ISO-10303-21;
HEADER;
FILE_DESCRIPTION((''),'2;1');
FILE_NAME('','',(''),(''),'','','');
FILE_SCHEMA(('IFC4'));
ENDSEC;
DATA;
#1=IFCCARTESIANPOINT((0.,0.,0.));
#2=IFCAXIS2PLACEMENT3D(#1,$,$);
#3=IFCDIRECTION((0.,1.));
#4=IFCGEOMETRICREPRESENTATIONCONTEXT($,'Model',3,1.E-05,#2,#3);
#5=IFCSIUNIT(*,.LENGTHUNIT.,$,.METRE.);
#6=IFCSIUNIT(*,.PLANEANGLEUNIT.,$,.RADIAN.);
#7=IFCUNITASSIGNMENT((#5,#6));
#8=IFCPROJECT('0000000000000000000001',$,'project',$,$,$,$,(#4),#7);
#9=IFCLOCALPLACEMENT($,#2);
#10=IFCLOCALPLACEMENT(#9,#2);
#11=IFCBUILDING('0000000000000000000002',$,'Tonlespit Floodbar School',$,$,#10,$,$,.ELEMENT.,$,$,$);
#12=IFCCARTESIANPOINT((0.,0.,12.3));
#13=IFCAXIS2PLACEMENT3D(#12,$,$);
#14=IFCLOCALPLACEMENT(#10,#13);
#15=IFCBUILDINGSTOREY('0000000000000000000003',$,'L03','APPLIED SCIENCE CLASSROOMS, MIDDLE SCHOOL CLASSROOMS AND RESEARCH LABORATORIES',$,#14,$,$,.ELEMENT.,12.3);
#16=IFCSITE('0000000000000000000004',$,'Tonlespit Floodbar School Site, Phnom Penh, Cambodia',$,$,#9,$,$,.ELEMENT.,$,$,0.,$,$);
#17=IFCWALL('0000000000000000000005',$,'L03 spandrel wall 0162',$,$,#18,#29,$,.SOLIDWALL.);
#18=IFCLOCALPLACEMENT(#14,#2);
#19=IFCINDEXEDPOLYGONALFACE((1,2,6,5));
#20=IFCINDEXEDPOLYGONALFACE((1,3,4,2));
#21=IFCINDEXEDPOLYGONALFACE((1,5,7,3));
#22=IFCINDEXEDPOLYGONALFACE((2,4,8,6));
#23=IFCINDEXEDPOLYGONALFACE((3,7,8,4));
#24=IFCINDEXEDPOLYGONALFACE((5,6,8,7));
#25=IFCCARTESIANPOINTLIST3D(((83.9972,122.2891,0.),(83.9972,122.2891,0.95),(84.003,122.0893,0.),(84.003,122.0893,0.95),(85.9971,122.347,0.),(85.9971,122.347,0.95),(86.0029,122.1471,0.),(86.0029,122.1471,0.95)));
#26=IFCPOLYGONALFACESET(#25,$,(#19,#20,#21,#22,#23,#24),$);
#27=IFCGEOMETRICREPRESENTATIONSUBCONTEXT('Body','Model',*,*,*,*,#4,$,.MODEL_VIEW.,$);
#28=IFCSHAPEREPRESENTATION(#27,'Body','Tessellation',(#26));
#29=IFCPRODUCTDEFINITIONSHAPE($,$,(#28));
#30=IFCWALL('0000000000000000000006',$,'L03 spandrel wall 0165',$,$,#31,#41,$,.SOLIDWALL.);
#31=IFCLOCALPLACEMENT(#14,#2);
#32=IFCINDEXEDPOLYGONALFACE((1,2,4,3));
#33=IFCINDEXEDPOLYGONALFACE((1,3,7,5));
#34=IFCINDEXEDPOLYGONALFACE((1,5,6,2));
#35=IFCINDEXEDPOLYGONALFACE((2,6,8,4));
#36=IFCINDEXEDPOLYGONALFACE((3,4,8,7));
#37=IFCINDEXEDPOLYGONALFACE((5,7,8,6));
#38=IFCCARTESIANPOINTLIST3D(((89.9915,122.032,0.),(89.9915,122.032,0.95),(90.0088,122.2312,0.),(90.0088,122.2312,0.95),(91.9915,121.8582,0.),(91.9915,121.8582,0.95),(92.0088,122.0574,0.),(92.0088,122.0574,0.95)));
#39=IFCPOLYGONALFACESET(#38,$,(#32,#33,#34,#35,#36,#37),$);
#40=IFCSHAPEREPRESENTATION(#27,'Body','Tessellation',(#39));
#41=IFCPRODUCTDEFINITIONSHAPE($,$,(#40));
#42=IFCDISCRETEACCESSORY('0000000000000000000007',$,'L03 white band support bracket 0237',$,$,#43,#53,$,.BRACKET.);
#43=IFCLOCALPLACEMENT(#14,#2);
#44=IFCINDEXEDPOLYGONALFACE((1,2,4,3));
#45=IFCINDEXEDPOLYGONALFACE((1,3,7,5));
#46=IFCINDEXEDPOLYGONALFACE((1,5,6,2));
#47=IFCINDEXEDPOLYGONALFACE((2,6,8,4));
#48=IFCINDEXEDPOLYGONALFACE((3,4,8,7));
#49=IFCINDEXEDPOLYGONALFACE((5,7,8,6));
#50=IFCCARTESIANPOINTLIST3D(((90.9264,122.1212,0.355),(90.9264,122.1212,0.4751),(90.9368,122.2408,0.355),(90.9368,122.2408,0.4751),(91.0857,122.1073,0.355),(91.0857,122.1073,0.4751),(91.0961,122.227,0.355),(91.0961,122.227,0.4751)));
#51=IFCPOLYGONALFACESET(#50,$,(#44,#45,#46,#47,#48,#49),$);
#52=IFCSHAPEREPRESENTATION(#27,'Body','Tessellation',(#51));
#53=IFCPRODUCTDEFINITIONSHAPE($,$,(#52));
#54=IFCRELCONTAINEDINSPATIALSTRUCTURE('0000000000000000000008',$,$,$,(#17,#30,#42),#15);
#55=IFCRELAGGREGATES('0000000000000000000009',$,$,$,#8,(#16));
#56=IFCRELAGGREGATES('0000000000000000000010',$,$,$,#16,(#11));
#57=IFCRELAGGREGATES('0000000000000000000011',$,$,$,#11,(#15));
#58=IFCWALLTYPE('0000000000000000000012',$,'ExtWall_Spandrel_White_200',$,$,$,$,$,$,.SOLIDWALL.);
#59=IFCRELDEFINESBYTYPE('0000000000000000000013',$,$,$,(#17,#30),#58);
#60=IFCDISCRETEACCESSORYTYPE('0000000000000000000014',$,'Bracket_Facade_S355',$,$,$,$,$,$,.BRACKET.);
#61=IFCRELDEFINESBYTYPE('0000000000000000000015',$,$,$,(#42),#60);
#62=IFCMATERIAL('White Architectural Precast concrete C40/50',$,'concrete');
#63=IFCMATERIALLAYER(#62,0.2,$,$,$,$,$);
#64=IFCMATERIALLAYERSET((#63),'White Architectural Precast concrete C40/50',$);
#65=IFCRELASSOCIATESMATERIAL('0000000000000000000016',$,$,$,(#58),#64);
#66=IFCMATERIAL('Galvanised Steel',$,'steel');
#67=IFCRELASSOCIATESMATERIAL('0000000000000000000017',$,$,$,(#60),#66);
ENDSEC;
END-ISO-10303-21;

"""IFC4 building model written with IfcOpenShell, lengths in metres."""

from ifc_helpers import new_model, si_unit, direction, frame, frame_2d, origin, origin_2d, place, context, subcontext, project, spatial, rectangle, extrude, material, layer, layer_set, type_object, element, save


model = new_model("IFC4")

# Units and contexts
model_context = context("Model", 3, precision=1e-05, world=origin(), true_north=direction((0.0, 1.0)))
body_context = subcontext(model_context, "Body", "Model", "MODEL_VIEW")
ifc_project = project(units=[si_unit("LENGTHUNIT", "METRE"), si_unit("PLANEANGLEUNIT", "RADIAN")], contexts=[model_context])

# Site, building, storey
site_placement = place(None, origin())
site = spatial("IfcSite", under=ifc_project, at=site_placement, Name="Tonlespit Floodbar School Site, Phnom Penh, Cambodia", CompositionType="ELEMENT", RefElevation=0.0)
building_placement = place(site_placement, origin())
building = spatial("IfcBuilding", under=site, at=building_placement, Name="Tonlespit Floodbar School", CompositionType="ELEMENT")
storey_placement = place(building_placement, frame((0.0, 0.0, 12.3)))
storey = spatial("IfcBuildingStorey", under=building, at=storey_placement, Name="L03", Description="APPLIED SCIENCE CLASSROOMS, MIDDLE SCHOOL CLASSROOMS AND RESEARCH LABORATORIES", CompositionType="ELEMENT", Elevation=12.3)

# Walls
ifc_material_1 = material(Name="White Architectural Precast concrete C40/50", Category="concrete")
ifc_layer_1 = layer(ifc_material_1, 0.2)
ifc_layer_set_1 = layer_set([ifc_layer_1], Name="White Architectural Precast concrete C40/50")
wall_type = type_object("IfcWallType", Name="ExtWall_Spandrel_White_200", PredefinedType="SOLIDWALL", material=ifc_layer_set_1)
wall_1_placement = place(storey_placement, frame((84.0, 122.1892, 0.0), z_axis=(0.0, 0.0, 1.0), x_axis=(0.999582, 0.028919, 0.0)))
element("IfcWall", 1, at=wall_1_placement, inside=storey, type_object=wall_type, Name="L03 spandrel wall 0162", PredefinedType="SOLIDWALL", context=body_context, shape_type="SweptSolid", body=[
    extrude(rectangle(XDim=2.0007, YDim=0.2, at=frame_2d((1.0005, 0.0))), origin(), (0.0, 0.0, 1.0), 0.95),
])
wall_2_placement = place(storey_placement, frame((90.0, 122.1316, 0.0), z_axis=(0.0, 0.0, 1.0), x_axis=(0.996244, -0.086588, 0.0)))
element("IfcWall", 2, at=wall_2_placement, inside=storey, type_object=wall_type, Name="L03 spandrel wall 0165", PredefinedType="SOLIDWALL", context=body_context, shape_type="SweptSolid", body=[
    extrude(rectangle(XDim=2.0076, YDim=0.2, at=frame_2d((1.0039, 0.0))), origin(), (0.0, 0.0, 1.0), 0.95),
])

# Discrete accessory
ifc_material_2 = material(Name="Galvanised Steel", Category="steel")
discrete_accessory_type = type_object("IfcDiscreteAccessoryType", Name="Bracket_Facade_S355", PredefinedType="BRACKET", material=ifc_material_2)
discrete_accessory_placement = place(storey_placement, frame((91.0112, 122.1741, 0.355), z_axis=(0.0, 0.0, 1.0), x_axis=(0.996245, -0.086573, 0.0)))
element("IfcDiscreteAccessory", 3, at=discrete_accessory_placement, inside=storey, type_object=discrete_accessory_type, Name="L03 white band support bracket 0237", PredefinedType="BRACKET", context=body_context, shape_type="SweptSolid", body=[
    extrude(rectangle(XDim=0.1599, YDim=0.1201, at=origin_2d()), origin(), (0.0, 0.0, 1.0), 0.1201),
])

save(model, "model.ifc")
